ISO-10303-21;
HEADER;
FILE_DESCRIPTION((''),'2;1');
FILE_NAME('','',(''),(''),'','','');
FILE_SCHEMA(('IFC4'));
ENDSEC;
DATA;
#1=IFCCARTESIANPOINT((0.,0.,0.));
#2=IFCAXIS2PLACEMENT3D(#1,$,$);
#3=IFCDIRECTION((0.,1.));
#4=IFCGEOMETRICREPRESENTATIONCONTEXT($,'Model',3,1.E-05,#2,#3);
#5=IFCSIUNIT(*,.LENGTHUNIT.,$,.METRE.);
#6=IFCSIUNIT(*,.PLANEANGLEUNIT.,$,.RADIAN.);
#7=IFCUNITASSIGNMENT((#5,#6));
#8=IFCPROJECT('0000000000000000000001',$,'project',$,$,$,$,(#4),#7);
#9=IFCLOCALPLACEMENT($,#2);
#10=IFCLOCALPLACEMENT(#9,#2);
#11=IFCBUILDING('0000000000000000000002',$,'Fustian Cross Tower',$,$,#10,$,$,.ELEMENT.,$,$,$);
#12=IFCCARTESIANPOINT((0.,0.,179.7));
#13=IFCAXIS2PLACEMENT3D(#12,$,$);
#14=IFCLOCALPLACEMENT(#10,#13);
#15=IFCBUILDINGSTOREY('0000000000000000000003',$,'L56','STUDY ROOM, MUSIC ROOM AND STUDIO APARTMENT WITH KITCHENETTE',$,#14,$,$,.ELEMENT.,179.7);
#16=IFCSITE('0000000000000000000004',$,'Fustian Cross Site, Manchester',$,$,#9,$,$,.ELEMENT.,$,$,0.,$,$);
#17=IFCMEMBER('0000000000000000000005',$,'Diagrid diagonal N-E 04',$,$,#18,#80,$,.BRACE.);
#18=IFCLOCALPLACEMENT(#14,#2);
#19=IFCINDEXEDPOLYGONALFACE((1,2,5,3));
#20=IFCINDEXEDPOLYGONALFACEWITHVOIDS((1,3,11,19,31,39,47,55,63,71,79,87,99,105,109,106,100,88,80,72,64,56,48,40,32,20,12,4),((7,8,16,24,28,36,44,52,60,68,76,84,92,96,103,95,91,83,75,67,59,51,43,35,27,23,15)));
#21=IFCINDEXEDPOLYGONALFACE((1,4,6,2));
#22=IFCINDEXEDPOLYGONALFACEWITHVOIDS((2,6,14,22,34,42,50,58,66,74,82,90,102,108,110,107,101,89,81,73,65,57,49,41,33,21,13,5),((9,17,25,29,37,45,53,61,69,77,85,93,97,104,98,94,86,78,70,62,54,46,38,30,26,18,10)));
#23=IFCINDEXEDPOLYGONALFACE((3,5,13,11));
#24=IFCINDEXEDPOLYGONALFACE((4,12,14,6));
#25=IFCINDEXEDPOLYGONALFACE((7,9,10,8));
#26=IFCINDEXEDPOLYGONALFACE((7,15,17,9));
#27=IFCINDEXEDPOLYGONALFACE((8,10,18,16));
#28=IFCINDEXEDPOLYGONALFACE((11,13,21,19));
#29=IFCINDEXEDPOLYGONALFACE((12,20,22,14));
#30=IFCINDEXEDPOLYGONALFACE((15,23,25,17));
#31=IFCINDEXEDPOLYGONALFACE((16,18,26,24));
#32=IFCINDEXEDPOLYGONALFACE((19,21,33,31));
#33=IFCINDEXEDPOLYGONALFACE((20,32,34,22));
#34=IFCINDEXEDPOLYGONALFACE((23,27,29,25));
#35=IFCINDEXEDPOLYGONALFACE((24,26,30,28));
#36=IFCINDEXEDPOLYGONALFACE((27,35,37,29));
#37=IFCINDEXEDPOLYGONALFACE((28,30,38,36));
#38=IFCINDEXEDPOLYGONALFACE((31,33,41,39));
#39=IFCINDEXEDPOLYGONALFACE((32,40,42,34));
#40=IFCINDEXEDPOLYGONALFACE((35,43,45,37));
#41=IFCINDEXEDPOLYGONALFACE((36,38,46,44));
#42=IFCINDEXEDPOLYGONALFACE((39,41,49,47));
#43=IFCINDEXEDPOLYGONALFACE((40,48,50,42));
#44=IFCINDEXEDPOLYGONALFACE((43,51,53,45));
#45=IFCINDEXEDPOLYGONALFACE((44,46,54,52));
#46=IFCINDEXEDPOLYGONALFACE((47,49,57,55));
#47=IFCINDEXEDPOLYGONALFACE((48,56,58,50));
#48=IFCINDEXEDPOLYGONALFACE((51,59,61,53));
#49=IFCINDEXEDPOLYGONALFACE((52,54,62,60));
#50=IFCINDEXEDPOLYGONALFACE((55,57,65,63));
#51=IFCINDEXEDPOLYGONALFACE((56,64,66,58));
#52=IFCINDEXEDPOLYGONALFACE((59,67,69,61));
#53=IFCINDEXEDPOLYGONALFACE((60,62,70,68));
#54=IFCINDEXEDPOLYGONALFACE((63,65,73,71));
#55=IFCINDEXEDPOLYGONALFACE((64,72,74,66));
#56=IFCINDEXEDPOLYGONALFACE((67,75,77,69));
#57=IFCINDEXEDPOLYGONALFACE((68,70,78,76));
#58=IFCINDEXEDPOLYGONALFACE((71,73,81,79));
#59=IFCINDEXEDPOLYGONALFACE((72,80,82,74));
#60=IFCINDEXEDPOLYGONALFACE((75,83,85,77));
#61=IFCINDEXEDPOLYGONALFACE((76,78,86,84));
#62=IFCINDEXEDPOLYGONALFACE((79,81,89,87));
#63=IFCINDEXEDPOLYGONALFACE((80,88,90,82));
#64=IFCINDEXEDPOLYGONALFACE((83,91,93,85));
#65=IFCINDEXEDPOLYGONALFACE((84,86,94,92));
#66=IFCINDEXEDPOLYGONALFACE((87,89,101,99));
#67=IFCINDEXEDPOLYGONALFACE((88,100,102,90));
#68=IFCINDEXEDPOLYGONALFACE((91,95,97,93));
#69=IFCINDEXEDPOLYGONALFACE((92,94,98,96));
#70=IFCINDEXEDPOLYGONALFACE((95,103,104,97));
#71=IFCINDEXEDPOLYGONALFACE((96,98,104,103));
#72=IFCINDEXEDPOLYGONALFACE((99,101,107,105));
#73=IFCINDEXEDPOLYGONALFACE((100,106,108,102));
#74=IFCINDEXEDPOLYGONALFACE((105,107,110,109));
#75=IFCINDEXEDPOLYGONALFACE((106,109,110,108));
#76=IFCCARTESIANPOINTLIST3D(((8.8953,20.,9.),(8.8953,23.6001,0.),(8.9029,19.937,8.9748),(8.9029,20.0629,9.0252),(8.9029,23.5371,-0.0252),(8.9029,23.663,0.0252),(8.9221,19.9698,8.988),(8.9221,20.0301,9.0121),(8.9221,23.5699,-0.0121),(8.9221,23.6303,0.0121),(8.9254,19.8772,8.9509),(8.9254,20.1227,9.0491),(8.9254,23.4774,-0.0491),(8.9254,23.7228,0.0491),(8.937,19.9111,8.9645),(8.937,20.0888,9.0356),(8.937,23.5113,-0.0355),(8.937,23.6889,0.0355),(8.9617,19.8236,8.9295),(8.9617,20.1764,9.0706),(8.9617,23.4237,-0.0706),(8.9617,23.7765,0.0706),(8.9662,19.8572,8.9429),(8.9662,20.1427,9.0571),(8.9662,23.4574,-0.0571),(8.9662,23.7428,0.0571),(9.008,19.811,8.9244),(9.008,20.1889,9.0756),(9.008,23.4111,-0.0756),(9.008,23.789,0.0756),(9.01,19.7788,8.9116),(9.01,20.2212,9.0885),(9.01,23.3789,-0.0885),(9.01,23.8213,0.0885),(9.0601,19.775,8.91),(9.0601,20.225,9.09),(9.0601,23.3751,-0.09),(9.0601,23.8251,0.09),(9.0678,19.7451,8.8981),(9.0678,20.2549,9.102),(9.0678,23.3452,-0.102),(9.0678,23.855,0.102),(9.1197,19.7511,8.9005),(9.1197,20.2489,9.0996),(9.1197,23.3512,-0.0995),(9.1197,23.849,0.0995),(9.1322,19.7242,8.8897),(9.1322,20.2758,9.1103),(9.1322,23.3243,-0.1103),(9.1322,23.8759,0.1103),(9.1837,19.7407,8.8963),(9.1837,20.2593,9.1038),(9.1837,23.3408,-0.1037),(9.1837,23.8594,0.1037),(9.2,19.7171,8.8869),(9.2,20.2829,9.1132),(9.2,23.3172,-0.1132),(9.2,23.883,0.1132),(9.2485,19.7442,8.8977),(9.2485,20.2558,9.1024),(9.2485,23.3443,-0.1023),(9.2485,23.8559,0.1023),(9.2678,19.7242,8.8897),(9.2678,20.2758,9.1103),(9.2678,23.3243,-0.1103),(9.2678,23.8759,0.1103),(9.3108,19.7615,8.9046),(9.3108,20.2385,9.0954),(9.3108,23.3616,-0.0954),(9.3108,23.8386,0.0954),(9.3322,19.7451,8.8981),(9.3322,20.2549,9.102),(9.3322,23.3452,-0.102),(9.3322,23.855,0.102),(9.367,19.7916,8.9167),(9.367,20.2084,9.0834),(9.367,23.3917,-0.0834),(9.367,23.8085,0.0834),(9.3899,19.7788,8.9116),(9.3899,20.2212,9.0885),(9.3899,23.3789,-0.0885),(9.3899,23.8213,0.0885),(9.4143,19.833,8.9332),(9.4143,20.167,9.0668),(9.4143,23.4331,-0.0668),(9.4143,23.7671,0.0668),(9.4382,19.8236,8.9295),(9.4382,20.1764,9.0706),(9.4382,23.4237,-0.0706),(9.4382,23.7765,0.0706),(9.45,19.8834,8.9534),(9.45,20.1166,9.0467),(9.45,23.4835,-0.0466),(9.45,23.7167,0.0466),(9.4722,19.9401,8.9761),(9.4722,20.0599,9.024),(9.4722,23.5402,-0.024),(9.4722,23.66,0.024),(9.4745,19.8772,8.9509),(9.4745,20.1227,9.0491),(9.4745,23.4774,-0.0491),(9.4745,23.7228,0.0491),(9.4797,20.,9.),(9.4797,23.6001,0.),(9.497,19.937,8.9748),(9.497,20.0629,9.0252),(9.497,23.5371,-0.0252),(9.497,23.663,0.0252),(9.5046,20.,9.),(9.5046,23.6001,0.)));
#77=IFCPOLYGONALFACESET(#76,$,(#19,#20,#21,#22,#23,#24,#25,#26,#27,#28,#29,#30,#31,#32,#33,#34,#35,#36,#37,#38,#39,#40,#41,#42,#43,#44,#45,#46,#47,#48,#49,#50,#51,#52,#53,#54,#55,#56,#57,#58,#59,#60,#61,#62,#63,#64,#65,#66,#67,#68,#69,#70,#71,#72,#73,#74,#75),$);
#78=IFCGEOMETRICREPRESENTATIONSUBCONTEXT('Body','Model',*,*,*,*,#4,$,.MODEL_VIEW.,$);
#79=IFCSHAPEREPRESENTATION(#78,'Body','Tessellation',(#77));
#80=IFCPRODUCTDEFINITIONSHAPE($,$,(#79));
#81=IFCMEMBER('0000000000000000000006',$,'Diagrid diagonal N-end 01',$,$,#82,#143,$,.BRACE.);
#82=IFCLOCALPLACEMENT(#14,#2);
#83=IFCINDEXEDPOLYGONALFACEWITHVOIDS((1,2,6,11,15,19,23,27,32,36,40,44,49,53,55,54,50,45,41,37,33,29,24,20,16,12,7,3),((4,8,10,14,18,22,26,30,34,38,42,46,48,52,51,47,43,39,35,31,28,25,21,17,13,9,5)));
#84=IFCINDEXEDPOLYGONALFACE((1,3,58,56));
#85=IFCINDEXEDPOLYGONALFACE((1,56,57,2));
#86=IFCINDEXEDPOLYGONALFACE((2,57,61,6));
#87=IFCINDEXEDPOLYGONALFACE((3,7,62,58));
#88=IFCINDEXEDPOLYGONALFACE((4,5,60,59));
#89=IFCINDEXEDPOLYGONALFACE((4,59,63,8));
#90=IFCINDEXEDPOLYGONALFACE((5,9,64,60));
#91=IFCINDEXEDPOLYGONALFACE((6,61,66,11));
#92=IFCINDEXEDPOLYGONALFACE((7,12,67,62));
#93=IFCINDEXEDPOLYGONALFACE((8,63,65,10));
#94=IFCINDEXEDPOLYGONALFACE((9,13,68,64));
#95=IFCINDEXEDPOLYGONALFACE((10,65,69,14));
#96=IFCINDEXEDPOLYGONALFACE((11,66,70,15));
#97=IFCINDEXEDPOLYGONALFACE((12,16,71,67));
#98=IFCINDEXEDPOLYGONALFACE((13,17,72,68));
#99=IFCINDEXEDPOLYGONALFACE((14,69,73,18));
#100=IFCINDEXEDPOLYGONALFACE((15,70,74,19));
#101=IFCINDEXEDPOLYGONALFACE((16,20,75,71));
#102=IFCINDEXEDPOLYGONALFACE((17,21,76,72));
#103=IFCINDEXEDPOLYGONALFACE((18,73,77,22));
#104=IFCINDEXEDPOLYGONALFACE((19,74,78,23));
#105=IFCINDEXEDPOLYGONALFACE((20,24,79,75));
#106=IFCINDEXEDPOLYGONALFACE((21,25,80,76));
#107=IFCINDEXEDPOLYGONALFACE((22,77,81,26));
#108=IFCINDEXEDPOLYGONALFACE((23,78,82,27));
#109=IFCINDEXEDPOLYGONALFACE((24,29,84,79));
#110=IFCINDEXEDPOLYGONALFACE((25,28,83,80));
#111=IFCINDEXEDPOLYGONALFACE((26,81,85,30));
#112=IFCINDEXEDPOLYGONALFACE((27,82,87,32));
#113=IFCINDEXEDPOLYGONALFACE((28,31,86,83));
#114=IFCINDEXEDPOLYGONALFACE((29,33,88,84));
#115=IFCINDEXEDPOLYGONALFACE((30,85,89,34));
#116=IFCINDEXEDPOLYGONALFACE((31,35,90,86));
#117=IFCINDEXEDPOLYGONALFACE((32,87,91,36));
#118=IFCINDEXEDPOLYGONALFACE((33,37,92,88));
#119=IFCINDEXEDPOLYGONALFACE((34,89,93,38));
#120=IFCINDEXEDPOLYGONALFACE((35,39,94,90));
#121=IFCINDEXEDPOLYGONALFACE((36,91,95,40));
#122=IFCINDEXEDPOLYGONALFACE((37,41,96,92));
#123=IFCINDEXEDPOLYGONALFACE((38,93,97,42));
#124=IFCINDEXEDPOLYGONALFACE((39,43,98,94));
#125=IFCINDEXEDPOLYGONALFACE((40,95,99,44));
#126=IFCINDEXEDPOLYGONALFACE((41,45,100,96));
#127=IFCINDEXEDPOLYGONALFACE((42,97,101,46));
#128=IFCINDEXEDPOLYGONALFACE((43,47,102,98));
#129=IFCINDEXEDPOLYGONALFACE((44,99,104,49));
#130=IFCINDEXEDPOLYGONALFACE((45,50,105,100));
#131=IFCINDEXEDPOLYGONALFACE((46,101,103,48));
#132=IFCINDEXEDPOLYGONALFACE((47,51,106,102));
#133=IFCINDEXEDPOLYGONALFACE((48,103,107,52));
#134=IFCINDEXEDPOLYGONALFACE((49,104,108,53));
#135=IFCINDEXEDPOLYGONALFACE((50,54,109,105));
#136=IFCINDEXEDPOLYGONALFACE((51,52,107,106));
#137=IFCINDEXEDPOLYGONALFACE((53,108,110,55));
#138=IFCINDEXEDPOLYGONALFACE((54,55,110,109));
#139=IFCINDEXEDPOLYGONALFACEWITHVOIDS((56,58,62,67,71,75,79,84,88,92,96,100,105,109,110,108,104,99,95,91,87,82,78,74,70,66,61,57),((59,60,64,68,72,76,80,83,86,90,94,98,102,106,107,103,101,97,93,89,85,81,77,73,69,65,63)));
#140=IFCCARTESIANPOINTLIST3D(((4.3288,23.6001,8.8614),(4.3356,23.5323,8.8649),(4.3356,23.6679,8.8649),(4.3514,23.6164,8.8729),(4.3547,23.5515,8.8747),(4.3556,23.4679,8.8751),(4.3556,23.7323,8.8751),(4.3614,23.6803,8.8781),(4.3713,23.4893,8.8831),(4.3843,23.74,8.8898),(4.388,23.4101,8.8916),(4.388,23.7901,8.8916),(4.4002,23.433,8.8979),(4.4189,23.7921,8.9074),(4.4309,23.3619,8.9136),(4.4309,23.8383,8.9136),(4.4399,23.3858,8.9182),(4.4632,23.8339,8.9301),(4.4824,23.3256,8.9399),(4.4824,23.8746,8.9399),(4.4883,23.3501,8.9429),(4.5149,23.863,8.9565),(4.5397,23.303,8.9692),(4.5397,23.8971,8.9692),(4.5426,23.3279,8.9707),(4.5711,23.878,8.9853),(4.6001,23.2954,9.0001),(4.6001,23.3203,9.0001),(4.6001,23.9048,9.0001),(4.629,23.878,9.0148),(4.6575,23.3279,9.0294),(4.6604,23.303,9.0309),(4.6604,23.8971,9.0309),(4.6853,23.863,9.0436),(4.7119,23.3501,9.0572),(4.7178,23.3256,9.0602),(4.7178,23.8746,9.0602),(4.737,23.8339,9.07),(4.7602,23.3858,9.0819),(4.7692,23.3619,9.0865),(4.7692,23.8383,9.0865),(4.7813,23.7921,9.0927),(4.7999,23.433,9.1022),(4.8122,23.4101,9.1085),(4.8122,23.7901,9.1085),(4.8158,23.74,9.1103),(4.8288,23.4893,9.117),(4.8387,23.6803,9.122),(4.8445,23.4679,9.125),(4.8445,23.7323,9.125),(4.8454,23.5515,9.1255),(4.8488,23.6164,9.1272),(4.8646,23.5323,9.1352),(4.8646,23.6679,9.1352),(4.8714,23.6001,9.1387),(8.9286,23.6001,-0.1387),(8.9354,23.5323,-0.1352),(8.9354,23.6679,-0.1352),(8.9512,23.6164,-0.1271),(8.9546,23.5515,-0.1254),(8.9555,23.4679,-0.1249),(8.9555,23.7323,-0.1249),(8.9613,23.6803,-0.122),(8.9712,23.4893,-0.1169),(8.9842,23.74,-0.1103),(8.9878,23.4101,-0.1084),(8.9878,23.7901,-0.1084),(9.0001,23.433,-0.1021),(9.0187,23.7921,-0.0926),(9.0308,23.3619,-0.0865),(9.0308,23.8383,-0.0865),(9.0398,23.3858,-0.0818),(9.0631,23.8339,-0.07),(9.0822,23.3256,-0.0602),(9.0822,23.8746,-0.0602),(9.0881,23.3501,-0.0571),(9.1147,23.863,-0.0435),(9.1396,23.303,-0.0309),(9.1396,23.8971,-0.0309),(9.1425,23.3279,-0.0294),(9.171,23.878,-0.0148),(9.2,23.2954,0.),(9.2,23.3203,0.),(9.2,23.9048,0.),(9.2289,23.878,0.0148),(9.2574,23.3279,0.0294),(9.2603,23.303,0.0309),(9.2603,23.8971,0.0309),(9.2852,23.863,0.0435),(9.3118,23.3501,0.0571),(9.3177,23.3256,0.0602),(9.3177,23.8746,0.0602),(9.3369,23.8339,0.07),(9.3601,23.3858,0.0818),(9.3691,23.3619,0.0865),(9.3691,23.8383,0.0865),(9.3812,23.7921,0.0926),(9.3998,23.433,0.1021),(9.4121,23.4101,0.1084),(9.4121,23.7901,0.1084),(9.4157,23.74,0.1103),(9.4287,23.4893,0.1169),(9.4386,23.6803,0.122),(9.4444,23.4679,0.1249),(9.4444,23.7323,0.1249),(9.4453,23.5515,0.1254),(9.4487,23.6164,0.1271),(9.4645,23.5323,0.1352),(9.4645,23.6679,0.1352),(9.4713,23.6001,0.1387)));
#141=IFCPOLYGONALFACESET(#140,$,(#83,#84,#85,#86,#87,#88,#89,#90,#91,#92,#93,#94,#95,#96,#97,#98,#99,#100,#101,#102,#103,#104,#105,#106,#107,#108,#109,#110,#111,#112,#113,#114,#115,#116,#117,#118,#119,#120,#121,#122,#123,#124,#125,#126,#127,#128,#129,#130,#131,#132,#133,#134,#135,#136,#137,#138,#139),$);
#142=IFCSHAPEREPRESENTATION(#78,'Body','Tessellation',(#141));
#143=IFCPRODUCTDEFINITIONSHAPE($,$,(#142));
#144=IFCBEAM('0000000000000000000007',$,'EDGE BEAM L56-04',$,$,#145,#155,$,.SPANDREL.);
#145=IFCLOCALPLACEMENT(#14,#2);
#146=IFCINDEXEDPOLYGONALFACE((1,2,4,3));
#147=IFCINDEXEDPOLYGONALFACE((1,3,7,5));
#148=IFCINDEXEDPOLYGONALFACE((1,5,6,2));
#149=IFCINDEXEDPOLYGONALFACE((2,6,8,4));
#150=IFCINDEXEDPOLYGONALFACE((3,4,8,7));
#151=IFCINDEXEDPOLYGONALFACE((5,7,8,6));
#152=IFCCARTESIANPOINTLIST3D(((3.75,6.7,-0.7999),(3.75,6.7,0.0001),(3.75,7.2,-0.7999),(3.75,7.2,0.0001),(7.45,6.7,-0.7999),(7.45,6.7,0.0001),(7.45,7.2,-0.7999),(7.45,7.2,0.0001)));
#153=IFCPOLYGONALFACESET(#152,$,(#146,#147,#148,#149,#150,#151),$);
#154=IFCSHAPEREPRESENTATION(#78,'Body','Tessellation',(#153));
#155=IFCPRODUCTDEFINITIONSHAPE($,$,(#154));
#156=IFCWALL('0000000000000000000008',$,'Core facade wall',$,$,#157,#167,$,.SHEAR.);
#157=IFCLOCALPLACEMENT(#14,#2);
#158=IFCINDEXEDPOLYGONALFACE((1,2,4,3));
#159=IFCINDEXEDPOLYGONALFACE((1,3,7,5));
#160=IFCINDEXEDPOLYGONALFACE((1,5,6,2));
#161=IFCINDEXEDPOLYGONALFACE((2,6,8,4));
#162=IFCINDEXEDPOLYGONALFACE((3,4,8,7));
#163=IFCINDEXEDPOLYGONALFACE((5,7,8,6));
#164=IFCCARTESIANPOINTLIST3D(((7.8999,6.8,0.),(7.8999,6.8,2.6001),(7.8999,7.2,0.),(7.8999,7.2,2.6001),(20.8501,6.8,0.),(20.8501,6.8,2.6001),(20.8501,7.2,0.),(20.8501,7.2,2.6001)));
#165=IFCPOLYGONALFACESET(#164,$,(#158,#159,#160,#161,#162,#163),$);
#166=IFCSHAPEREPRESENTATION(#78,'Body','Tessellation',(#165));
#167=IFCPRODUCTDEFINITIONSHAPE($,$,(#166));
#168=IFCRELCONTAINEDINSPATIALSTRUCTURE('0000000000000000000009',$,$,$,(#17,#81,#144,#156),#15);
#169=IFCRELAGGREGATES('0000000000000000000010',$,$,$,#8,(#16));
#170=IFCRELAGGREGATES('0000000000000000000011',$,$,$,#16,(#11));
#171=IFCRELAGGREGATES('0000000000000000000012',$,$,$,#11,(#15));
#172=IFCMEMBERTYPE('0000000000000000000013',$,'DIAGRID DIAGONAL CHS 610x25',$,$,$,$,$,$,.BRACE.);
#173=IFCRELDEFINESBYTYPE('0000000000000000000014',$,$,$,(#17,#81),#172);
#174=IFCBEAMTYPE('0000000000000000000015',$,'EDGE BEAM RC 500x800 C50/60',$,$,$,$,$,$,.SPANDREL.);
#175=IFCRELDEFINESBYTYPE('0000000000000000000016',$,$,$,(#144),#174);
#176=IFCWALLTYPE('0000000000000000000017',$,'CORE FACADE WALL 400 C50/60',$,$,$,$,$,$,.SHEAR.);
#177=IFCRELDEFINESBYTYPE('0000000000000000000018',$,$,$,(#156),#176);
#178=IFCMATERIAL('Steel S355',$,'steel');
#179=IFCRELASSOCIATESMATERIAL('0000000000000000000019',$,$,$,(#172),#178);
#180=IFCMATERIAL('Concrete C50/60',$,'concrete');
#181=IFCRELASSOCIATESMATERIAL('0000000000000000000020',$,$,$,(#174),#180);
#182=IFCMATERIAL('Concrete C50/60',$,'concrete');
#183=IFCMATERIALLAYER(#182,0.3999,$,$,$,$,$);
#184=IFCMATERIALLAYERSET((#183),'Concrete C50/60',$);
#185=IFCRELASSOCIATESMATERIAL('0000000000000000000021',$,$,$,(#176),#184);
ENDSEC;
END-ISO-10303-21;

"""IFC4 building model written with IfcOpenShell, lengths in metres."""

from ifc_helpers import new_model, si_unit, direction, frame, frame_2d, origin, origin_2d, place, context, subcontext, project, spatial, rectangle, hollow_circle, extrude, material, layer, layer_set, material_profile, profile_set, type_object, element, save


model = new_model("IFC4")

# Units and contexts
model_context = context("Model", 3, precision=1e-05, world=origin(), true_north=direction((0.0, 1.0)))
body_context = subcontext(model_context, "Body", "Model", "MODEL_VIEW")
ifc_project = project(units=[si_unit("LENGTHUNIT", "METRE"), si_unit("PLANEANGLEUNIT", "RADIAN")], contexts=[model_context])

# Site, building, storey
site_placement = place(None, origin())
site = spatial("IfcSite", under=ifc_project, at=site_placement, Name="Fustian Cross Site, Manchester", CompositionType="ELEMENT", RefElevation=0.0)
building_placement = place(site_placement, origin())
building = spatial("IfcBuilding", under=site, at=building_placement, Name="Fustian Cross Tower", CompositionType="ELEMENT")
storey_placement = place(building_placement, frame((0.0, 0.0, 179.7)))
storey = spatial("IfcBuildingStorey", under=building, at=storey_placement, Name="L56", Description="STUDY ROOM, MUSIC ROOM AND STUDIO APARTMENT WITH KITCHENETTE", CompositionType="ELEMENT", Elevation=179.7)

# Members
ifc_material_1 = material(Name="Steel S355", Category="steel")
ifc_material_profile_1 = material_profile(ifc_material_1, hollow_circle(Radius=0.3047, WallThickness=0.0249, at=origin_2d()), Name="CHS 610x25")
ifc_profile_set_1 = profile_set([ifc_material_profile_1], Name="Steel S355")
member_type_1 = type_object("IfcMemberType", Name="DIAGRID DIAGONAL CHS 610x25", PredefinedType="BRACE", material=ifc_profile_set_1)
for number, where, z_axis, x_axis, name in (
    (1, (9.2, 23.6001, 0.0), (0.0, -0.371399, 0.928473), (1.0, 0.0, 0.0), "Diagrid diagonal N-E 04"),
):
    element("IfcMember", number, at=place(storey_placement, frame(where, z_axis=z_axis, x_axis=x_axis)), inside=storey, type_object=member_type_1, Name=name, PredefinedType="BRACE", context=body_context, shape_type="SweptSolid", body=[
        extrude(hollow_circle(Radius=0.3047, WallThickness=0.0249, at=origin_2d()), origin(), (0.0, 0.0, 1.0), 9.6934),
    ])
member_placement = place(storey_placement, frame((9.2, 23.6001, 0.0), z_axis=(-0.4551, 0.0, 0.890441), x_axis=(0.0, -1.0, 0.0)))
element("IfcMember", 2, at=member_placement, inside=storey, type_object=member_type_1, Name="Diagrid diagonal N-end 01", PredefinedType="BRACE", context=body_context, shape_type="SweptSolid", body=[
    extrude(hollow_circle(Radius=0.3047, WallThickness=0.0249, at=origin_2d()), origin(), (0.0, 0.0, 1.0), 10.1074),
])

# Beam
ifc_material_2 = material(Name="Concrete C50/60", Category="concrete")
ifc_material_profile_2 = material_profile(ifc_material_2, rectangle(XDim=0.5, YDim=0.8, at=origin_2d()), Name="RC 500x800")
ifc_profile_set_2 = profile_set([ifc_material_profile_2], Name="Concrete C50/60")
beam_type = type_object("IfcBeamType", Name="EDGE BEAM RC 500x800 C50/60", PredefinedType="SPANDREL", material=ifc_profile_set_2)
beam_placement = place(storey_placement, frame((7.45, 6.95, -0.3999), z_axis=(-1.0, 0.0, 0.0), x_axis=(0.0, -1.0, 0.0)))
element("IfcBeam", 3, at=beam_placement, inside=storey, type_object=beam_type, Name="EDGE BEAM L56-04", PredefinedType="SPANDREL", context=body_context, shape_type="SweptSolid", body=[
    extrude(rectangle(XDim=0.5, YDim=0.8, at=origin_2d()), origin(), (0.0, 0.0, 1.0), 3.7),
])

# Wall
ifc_material_3 = material(Name="Concrete C50/60", Category="concrete")
ifc_layer_1 = layer(ifc_material_3, 0.3999)
ifc_layer_set_1 = layer_set([ifc_layer_1], Name="Concrete C50/60")
wall_type_1 = type_object("IfcWallType", Name="CORE FACADE WALL 400 C50/60", PredefinedType="SHEAR", material=ifc_layer_set_1)
wall_1_placement = place(storey_placement, frame((7.8999, 7.0, 0.0), z_axis=(0.0, 0.0, 1.0), x_axis=(1.0, 0.0, 0.0)))
element("IfcWall", 4, at=wall_1_placement, inside=storey, type_object=wall_type_1, Name="Core facade wall", PredefinedType="SHEAR", context=body_context, shape_type="SweptSolid", body=[
    extrude(rectangle(XDim=12.9502, YDim=0.3999, at=frame_2d((6.4751, 0.0))), origin(), (0.0, 0.0, 1.0), 2.6001),
])

save(model, "model.ifc")
